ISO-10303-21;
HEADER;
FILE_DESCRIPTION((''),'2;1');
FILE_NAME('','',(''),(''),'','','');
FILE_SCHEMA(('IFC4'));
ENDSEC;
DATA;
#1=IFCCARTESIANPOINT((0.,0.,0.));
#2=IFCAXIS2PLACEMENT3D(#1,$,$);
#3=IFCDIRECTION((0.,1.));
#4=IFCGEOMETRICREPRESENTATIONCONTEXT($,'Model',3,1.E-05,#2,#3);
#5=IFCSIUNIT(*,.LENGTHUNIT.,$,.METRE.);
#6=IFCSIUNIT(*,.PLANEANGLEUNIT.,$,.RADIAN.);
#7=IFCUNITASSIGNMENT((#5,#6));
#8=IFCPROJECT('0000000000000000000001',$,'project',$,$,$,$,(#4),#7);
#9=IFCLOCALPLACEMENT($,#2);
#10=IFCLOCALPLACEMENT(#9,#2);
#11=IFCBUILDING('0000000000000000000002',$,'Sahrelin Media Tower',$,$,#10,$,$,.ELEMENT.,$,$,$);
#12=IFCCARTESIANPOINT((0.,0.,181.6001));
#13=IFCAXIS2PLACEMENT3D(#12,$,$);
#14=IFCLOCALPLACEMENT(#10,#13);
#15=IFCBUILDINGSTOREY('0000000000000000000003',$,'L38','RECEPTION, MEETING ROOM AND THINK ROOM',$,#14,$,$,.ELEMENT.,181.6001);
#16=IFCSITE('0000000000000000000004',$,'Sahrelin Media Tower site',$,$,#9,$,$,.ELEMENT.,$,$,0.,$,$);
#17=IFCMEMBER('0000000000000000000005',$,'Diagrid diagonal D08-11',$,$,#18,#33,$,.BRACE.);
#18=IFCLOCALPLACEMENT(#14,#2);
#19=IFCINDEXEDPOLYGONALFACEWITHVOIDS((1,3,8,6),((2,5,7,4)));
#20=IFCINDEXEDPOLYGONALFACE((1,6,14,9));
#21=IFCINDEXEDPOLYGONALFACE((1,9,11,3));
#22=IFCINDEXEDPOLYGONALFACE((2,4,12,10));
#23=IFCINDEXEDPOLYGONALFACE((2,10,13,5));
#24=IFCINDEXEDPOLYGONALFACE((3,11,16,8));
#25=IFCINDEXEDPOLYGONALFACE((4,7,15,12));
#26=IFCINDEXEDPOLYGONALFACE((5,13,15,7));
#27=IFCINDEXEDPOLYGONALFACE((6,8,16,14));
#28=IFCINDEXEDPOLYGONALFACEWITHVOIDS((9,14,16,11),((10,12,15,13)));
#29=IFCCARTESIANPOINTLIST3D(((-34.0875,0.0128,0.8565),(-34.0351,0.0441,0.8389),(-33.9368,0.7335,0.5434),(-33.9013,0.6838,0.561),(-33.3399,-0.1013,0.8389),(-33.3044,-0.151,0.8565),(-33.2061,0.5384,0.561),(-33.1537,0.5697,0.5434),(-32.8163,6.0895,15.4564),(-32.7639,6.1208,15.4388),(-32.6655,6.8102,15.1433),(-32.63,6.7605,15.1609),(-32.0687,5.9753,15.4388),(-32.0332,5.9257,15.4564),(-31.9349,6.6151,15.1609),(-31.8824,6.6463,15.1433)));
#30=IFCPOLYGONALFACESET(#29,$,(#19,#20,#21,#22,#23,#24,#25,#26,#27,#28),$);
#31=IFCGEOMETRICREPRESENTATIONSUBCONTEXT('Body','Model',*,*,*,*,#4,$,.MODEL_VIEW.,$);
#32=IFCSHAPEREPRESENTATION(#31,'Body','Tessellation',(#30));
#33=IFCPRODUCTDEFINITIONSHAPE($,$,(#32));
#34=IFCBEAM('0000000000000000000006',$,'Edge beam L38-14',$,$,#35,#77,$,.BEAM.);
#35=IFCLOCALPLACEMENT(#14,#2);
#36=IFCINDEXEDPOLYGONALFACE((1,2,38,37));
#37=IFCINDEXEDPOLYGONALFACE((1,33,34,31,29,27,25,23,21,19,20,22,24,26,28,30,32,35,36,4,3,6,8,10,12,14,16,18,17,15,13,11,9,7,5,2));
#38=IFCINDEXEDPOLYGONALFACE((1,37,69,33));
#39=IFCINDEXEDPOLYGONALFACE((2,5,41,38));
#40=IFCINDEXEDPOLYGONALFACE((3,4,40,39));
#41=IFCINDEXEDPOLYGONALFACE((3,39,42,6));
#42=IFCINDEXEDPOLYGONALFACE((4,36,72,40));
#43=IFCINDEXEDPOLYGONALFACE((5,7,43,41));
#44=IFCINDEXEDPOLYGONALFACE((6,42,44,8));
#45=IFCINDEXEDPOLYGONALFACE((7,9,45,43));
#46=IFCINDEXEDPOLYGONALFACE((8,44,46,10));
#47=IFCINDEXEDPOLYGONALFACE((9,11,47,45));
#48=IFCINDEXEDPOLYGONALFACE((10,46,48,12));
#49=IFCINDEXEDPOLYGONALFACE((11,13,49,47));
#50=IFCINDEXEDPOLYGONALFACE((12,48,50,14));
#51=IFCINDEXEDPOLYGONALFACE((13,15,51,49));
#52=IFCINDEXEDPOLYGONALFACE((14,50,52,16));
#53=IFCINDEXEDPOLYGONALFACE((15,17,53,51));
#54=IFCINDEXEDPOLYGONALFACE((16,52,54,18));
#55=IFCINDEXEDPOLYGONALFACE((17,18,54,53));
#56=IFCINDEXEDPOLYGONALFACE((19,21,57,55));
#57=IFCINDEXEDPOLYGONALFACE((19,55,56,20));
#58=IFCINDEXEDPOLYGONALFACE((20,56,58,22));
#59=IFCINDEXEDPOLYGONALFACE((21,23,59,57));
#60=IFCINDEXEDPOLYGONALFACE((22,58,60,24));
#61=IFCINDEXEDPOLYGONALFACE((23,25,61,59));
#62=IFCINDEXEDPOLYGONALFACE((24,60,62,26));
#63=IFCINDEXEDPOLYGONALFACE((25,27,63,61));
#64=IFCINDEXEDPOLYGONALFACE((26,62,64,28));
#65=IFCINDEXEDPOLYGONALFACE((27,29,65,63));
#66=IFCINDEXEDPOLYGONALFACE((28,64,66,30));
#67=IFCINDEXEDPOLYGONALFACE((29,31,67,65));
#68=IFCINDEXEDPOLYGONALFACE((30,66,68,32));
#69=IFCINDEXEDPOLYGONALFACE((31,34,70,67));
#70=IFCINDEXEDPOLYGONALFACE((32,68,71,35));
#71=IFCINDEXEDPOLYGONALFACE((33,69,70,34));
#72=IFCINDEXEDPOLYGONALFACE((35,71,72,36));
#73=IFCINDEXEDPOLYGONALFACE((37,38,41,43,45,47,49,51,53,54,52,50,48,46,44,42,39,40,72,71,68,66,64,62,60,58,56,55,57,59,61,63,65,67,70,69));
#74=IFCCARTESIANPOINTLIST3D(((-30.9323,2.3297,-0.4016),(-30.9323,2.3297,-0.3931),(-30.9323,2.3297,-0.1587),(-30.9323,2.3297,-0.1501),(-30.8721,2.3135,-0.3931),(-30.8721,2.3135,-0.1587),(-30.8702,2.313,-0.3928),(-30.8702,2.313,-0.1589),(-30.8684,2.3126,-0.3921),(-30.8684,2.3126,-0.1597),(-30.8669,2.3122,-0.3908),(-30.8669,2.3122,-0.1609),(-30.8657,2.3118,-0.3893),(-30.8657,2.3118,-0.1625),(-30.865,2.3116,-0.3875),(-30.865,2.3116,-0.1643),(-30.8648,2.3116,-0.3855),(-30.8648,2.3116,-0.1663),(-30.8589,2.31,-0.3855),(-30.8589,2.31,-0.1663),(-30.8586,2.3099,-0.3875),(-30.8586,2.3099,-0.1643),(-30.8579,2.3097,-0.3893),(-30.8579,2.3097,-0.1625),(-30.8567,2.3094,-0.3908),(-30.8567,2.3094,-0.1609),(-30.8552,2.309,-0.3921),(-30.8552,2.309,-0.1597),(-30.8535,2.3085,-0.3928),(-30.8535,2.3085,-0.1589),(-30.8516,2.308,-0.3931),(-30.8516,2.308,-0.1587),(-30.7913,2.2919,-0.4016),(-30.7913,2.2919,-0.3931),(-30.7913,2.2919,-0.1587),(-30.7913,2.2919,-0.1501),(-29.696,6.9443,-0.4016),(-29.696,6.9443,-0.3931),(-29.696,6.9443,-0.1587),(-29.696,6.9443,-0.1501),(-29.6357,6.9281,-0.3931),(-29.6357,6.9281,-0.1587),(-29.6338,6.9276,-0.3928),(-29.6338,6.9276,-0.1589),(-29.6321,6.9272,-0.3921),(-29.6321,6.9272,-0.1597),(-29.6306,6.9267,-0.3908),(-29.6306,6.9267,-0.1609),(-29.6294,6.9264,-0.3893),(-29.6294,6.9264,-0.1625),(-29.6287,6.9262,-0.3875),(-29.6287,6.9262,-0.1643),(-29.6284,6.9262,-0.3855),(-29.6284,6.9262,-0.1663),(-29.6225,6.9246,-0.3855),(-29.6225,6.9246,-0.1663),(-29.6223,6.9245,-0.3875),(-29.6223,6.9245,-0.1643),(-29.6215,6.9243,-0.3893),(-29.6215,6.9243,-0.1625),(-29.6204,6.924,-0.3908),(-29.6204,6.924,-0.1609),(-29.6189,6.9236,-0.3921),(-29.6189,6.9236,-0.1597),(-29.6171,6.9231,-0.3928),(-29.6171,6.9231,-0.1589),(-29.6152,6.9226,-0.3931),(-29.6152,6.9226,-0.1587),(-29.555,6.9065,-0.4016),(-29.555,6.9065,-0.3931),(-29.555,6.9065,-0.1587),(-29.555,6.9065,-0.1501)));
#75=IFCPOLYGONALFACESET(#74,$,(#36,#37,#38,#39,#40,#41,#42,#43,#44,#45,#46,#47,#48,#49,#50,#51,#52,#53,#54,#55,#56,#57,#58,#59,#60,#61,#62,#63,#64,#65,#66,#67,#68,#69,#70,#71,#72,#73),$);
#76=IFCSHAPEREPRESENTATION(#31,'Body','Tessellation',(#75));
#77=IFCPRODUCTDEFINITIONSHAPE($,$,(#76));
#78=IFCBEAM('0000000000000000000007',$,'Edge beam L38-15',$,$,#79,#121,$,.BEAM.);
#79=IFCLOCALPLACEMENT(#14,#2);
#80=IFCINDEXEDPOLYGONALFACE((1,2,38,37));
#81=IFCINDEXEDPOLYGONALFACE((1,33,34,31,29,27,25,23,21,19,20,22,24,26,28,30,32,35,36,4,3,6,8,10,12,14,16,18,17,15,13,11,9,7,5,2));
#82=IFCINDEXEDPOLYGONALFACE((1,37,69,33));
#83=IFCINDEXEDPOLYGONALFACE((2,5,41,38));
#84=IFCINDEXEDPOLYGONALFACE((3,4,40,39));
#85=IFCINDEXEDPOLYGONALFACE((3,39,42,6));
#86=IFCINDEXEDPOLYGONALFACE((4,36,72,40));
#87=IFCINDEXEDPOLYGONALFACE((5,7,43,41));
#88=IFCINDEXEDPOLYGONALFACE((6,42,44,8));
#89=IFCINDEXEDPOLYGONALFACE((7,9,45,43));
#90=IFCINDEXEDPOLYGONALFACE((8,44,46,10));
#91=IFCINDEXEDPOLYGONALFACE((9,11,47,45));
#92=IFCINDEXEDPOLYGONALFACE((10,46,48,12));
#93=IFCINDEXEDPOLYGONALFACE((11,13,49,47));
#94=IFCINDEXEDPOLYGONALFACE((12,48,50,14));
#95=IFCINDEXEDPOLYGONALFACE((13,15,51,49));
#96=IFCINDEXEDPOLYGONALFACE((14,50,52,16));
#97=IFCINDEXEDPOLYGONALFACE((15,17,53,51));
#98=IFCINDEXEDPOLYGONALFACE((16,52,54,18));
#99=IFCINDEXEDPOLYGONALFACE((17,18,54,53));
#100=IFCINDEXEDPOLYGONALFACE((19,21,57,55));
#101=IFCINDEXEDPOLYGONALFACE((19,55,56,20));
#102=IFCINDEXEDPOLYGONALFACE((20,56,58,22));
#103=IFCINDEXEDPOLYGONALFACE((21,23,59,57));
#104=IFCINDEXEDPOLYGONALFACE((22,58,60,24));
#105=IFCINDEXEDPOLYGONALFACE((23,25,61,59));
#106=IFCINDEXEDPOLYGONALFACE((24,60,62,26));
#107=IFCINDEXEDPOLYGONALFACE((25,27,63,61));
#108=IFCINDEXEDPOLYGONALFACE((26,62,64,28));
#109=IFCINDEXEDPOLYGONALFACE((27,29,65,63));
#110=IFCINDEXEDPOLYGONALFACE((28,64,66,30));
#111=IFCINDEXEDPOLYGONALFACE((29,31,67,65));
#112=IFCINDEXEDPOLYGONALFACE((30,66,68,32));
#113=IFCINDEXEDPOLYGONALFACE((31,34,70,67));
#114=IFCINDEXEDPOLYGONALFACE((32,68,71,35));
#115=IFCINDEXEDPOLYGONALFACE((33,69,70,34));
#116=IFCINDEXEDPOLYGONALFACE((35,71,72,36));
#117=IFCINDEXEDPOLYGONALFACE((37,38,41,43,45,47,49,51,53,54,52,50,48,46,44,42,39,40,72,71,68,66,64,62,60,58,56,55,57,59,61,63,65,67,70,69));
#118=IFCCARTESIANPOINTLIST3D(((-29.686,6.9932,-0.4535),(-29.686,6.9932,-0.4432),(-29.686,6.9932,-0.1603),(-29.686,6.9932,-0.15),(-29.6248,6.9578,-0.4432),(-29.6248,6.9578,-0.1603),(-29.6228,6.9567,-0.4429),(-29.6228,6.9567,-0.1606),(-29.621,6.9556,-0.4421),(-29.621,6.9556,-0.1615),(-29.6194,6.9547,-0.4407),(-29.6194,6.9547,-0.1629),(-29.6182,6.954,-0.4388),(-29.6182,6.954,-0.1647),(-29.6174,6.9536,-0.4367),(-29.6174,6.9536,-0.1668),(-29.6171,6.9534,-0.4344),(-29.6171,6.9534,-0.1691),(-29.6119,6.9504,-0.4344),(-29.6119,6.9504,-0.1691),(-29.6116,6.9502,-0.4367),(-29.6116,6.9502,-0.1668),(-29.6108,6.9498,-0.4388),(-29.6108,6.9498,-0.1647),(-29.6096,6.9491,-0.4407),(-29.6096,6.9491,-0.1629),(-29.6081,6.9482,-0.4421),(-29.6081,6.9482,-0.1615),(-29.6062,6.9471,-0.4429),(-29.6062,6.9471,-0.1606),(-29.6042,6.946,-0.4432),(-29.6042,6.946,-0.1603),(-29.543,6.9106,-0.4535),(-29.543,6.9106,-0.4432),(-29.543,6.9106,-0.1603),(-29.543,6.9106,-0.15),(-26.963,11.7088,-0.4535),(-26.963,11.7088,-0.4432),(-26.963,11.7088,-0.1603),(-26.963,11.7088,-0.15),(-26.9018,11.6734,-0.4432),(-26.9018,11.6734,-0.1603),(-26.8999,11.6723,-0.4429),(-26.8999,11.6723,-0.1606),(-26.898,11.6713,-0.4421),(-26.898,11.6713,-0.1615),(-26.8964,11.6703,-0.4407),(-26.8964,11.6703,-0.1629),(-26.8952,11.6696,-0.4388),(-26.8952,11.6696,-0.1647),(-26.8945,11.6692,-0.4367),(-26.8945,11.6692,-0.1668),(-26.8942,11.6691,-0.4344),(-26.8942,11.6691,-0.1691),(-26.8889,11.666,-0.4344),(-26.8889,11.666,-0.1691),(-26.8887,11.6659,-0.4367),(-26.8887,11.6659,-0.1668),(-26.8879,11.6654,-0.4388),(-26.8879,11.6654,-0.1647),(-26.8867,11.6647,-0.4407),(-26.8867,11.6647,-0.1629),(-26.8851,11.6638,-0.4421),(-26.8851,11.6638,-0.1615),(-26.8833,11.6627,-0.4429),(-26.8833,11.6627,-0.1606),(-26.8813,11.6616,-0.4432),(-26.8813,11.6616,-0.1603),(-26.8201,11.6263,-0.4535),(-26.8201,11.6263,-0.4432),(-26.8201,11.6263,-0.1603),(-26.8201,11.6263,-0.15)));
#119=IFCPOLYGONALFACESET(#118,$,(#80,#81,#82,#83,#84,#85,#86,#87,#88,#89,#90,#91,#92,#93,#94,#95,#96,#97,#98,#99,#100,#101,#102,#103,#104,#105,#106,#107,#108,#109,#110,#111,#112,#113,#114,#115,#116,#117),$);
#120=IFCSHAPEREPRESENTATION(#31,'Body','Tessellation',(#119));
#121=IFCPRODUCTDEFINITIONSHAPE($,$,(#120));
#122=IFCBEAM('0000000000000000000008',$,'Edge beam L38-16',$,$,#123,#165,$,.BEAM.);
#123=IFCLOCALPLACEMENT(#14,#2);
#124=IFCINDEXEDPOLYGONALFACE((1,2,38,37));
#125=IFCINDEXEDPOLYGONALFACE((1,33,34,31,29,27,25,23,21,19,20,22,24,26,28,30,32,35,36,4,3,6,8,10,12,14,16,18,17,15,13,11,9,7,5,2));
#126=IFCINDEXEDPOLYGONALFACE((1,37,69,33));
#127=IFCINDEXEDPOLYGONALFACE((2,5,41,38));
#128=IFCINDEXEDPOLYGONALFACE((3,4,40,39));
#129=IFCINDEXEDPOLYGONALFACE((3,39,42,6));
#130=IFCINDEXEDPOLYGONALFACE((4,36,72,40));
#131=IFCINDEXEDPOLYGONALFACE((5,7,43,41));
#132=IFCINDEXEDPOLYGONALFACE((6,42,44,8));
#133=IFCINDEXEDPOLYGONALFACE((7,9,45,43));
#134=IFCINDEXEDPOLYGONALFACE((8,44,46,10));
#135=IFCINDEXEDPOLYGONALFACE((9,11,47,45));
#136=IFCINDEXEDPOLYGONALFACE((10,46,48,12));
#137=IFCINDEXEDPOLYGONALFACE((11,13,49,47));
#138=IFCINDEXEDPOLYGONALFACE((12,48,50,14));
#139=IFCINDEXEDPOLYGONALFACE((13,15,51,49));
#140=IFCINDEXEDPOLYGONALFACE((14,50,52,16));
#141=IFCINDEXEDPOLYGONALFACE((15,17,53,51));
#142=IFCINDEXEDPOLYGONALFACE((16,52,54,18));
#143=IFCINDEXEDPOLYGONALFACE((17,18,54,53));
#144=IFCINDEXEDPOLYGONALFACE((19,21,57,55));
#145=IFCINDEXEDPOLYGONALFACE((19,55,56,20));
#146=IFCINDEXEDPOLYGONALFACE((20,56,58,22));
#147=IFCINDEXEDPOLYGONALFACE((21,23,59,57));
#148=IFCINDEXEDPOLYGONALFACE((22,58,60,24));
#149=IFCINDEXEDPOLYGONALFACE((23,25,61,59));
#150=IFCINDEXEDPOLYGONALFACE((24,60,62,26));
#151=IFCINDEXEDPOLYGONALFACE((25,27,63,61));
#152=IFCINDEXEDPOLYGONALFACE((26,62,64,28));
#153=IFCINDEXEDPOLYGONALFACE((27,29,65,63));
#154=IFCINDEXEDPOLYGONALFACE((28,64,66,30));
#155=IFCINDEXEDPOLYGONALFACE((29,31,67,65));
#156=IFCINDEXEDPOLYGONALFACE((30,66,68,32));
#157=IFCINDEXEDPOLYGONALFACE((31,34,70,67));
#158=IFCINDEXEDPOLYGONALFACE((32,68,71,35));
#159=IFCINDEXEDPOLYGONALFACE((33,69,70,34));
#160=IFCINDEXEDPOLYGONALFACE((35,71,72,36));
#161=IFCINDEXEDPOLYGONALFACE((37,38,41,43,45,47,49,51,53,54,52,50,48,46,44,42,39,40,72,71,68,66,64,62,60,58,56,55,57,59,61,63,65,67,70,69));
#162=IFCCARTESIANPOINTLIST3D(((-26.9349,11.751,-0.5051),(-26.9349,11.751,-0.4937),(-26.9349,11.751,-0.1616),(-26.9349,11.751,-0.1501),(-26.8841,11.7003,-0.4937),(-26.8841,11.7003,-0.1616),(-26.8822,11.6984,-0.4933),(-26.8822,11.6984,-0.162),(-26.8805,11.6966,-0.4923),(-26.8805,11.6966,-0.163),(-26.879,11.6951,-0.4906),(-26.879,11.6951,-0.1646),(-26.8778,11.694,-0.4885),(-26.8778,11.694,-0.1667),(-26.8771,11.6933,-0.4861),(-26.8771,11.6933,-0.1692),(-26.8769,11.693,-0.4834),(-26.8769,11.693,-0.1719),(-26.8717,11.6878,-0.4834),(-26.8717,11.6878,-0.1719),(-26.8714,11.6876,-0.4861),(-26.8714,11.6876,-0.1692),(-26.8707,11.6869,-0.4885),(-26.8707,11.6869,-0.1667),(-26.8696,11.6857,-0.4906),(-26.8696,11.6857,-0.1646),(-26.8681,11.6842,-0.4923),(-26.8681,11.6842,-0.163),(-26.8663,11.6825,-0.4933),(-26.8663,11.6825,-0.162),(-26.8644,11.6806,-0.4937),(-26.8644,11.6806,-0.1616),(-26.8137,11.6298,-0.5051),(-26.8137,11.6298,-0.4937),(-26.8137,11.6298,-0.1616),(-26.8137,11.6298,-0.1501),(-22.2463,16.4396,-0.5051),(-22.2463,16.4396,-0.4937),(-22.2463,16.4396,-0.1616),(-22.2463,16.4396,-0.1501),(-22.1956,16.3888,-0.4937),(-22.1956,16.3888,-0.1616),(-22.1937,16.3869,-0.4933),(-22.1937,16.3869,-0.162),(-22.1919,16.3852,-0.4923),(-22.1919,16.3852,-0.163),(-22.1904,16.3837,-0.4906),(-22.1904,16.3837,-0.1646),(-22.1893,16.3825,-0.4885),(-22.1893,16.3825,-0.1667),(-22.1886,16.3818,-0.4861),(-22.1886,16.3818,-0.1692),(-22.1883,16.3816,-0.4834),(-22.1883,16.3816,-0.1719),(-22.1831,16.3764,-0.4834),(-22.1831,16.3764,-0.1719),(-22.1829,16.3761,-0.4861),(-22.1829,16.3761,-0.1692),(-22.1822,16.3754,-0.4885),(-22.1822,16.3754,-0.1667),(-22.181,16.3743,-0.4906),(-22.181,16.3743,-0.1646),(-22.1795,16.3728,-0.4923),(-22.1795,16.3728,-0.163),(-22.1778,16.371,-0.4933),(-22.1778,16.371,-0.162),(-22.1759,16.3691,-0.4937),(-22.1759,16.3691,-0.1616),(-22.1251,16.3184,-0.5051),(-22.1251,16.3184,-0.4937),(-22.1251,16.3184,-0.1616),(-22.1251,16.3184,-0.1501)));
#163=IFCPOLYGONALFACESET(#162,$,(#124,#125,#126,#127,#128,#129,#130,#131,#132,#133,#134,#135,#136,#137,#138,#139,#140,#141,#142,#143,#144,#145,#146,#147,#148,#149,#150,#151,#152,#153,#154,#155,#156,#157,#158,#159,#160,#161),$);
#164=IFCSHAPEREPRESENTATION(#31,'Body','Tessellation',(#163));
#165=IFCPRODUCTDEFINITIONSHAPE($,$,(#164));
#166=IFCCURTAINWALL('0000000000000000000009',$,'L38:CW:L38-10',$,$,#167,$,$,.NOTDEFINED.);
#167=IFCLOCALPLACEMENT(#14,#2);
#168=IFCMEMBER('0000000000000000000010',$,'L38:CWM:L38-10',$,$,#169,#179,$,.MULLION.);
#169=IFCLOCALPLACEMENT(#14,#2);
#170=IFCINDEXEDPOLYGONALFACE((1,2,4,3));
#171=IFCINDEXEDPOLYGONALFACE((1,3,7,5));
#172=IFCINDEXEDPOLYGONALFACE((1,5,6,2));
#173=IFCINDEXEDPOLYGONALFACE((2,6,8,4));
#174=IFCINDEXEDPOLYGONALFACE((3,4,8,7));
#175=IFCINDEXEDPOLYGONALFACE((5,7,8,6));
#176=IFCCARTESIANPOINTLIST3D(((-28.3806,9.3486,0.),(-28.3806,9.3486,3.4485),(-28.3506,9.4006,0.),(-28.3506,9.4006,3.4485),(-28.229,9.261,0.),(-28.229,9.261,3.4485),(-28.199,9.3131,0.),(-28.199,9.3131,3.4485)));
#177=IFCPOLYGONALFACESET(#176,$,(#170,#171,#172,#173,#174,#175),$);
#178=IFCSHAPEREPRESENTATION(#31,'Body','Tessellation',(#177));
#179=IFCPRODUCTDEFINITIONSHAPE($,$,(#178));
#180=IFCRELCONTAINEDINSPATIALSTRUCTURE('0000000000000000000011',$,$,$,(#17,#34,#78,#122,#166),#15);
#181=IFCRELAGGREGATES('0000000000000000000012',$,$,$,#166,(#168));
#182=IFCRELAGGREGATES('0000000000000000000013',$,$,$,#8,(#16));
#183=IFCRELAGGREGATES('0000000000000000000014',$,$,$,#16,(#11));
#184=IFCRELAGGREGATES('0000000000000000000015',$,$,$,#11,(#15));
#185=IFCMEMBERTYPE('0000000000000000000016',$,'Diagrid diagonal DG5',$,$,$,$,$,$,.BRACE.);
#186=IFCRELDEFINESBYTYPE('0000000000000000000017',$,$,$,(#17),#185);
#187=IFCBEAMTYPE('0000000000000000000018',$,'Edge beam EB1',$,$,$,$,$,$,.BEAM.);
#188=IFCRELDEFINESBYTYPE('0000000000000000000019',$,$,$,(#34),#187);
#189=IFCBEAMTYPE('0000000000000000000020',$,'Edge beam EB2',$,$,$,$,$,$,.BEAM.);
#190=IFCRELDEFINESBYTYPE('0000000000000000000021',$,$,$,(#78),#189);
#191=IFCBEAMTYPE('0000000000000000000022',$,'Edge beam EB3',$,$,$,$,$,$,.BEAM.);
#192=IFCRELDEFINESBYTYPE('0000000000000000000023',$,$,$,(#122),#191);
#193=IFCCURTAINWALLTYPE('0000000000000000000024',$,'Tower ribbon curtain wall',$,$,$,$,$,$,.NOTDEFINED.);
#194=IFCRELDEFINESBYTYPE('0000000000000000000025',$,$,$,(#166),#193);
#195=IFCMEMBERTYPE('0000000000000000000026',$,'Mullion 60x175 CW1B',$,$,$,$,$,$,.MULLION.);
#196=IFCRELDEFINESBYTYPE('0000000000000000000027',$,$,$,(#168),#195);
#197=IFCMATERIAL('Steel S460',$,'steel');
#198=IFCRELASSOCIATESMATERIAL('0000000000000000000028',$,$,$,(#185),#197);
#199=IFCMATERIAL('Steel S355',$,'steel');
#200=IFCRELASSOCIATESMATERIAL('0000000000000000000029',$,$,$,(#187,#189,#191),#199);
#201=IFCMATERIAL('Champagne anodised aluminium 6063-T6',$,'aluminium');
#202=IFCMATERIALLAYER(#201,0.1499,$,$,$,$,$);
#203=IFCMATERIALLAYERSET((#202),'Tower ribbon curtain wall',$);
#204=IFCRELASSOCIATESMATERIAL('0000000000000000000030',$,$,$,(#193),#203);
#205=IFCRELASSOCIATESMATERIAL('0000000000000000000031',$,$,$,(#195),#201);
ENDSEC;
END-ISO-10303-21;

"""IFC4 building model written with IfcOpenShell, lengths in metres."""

from ifc_helpers import new_model, si_unit, direction, frame, origin, origin_2d, place, context, subcontext, project, spatial, rectangle, hollow_rectangle, i_section, extrude, material, layer, layer_set, material_profile, profile_set, type_object, element, aggregate, save


model = new_model("IFC4")

# Units and contexts
model_context = context("Model", 3, precision=1e-05, world=origin(), true_north=direction((0.0, 1.0)))
body_context = subcontext(model_context, "Body", "Model", "MODEL_VIEW")
ifc_project = project(units=[si_unit("LENGTHUNIT", "METRE"), si_unit("PLANEANGLEUNIT", "RADIAN")], contexts=[model_context])

# Site, building, storey
site_placement = place(None, origin())
site = spatial("IfcSite", under=ifc_project, at=site_placement, Name="Sahrelin Media Tower site", CompositionType="ELEMENT", RefElevation=0.0)
building_placement = place(site_placement, origin())
building = spatial("IfcBuilding", under=site, at=building_placement, Name="Sahrelin Media Tower", CompositionType="ELEMENT")
storey_placement = place(building_placement, frame((0.0, 0.0, 181.6001)))
storey = spatial("IfcBuildingStorey", under=building, at=storey_placement, Name="L38", Description="RECEPTION, MEETING ROOM AND THINK ROOM", CompositionType="ELEMENT", Elevation=181.6001)

# Member
ifc_material_1 = material(Name="Steel S460", Category="steel")
ifc_material_profile_1 = material_profile(ifc_material_1, hollow_rectangle(XDim=0.8, YDim=0.8, WallThickness=0.0449, at=origin_2d()), Name="Diagrid diagonal DG5")
ifc_profile_set_1 = profile_set([ifc_material_profile_1], Name="Steel S460")
member_type_1 = type_object("IfcMemberType", Name="Diagrid diagonal DG5", PredefinedType="BRACE", material=ifc_profile_set_1)
member_1_placement = place(storey_placement, frame((-33.6206, 0.2913, 0.7), z_axis=(0.080129, 0.383024, 0.920257), x_axis=(-0.978811, 0.204768, 0.0)))
element("IfcMember", 1, at=member_1_placement, inside=storey, type_object=member_type_1, Name="Diagrid diagonal D08-11", PredefinedType="BRACE", context=body_context, shape_type="SweptSolid", body=[
    extrude(hollow_rectangle(XDim=0.8, YDim=0.8, WallThickness=0.0449, at=origin_2d()), origin(), (0.0, 0.0, 1.0), 15.865),
])

# Beams
ifc_material_2 = material(Name="Steel S355", Category="steel")
ifc_material_profile_2 = material_profile(ifc_material_2, i_section(OverallWidth=0.146, OverallDepth=0.2515, WebThickness=0.0061, FlangeThickness=0.0085, FilletRadius=0.0076, at=origin_2d()), Name="UB 254x146x31")
ifc_profile_set_2 = profile_set([ifc_material_profile_2], Name="Steel S355")
beam_type_1 = type_object("IfcBeamType", Name="Edge beam EB1", PredefinedType="BEAM", material=ifc_profile_set_2)
beam_1_placement = place(storey_placement, frame((-30.8618, 2.3108, -0.2759), z_axis=(0.258795, 0.965932, 0.0), x_axis=(-0.965932, 0.258795, 0.0)))
element("IfcBeam", 2, at=beam_1_placement, inside=storey, type_object=beam_type_1, Name="Edge beam L38-14", PredefinedType="BEAM", context=body_context, shape_type="SweptSolid", body=[
    extrude(i_section(OverallWidth=0.146, OverallDepth=0.2515, WebThickness=0.0061, FlangeThickness=0.0085, FilletRadius=0.0076, at=origin_2d()), origin(), (0.0, 0.0, 1.0), 4.7773),
])
ifc_material_profile_3 = material_profile(ifc_material_2, i_section(OverallWidth=0.165, OverallDepth=0.3035, WebThickness=0.0061, FlangeThickness=0.0103, FilletRadius=0.0088, at=origin_2d()), Name="UB 305x165x40")
ifc_profile_set_3 = profile_set([ifc_material_profile_3], Name="Steel S355")
beam_type_2 = type_object("IfcBeamType", Name="Edge beam EB2", PredefinedType="BEAM", material=ifc_profile_set_3)
beam_2_placement = place(storey_placement, frame((-29.6145, 6.9519, -0.3018), z_axis=(0.50005, 0.865997, 0.0), x_axis=(-0.865997, 0.50005, 0.0)))
element("IfcBeam", 3, at=beam_2_placement, inside=storey, type_object=beam_type_2, Name="Edge beam L38-15", PredefinedType="BEAM", context=body_context, shape_type="SweptSolid", body=[
    extrude(i_section(OverallWidth=0.165, OverallDepth=0.3035, WebThickness=0.0061, FlangeThickness=0.0103, FilletRadius=0.0088, at=origin_2d()), origin(), (0.0, 0.0, 1.0), 5.4453),
])
ifc_material_profile_4 = material_profile(ifc_material_2, i_section(OverallWidth=0.1714, OverallDepth=0.355, WebThickness=0.0073, FlangeThickness=0.0115, FilletRadius=0.0103, at=origin_2d()), Name="UB 356x171x51")
ifc_profile_set_4 = profile_set([ifc_material_profile_4], Name="Steel S355")
beam_type_3 = type_object("IfcBeamType", Name="Edge beam EB3", PredefinedType="BEAM", material=ifc_profile_set_4)
beam_3_placement = place(storey_placement, frame((-26.8743, 11.6904, -0.3276), z_axis=(0.707107, 0.707107, 0.0), x_axis=(-0.707107, 0.707107, 0.0)))
element("IfcBeam", 4, at=beam_3_placement, inside=storey, type_object=beam_type_3, Name="Edge beam L38-16", PredefinedType="BEAM", context=body_context, shape_type="SweptSolid", body=[
    extrude(i_section(OverallWidth=0.1714, OverallDepth=0.355, WebThickness=0.0073, FlangeThickness=0.0115, FilletRadius=0.0103, at=origin_2d()), origin(), (0.0, 0.0, 1.0), 6.6306),
])

# Curtain wall, member
ifc_material_3 = material(Name="Champagne anodised aluminium 6063-T6", Category="aluminium")
ifc_layer_1 = layer(ifc_material_3, 0.1499)
ifc_layer_set_1 = layer_set([ifc_layer_1], Name="Tower ribbon curtain wall")
curtain_wall_type = type_object("IfcCurtainWallType", Name="Tower ribbon curtain wall", PredefinedType="NOTDEFINED", material=ifc_layer_set_1)
curtain_wall_1_placement = place(storey_placement, frame((-28.3828, 9.3845, 0.0), z_axis=(0.0, 0.0, 1.0), x_axis=(1.0, 0.0, 0.0)))
curtain_wall_1 = element("IfcCurtainWall", 5, at=curtain_wall_1_placement, inside=storey, type_object=curtain_wall_type, Name="L38:CW:L38-10", PredefinedType="NOTDEFINED")
ifc_material_profile_5 = material_profile(ifc_material_3, rectangle(XDim=0.0601, YDim=0.175, at=origin_2d()), Name="Mullion 60x175")
ifc_profile_set_5 = profile_set([ifc_material_profile_5], Name="Champagne anodised aluminium 6063-T6")
member_type_2 = type_object("IfcMemberType", Name="Mullion 60x175 CW1B", PredefinedType="MULLION", material=ifc_profile_set_5)
member_2_placement = place(storey_placement, frame((-28.2898, 9.3308, 0.0), z_axis=(0.0, 0.0, 1.0), x_axis=(-0.5, -0.866025, 0.0)))
member_2 = element("IfcMember", 6, at=member_2_placement, type_object=member_type_2, Name="L38:CWM:L38-10", PredefinedType="MULLION", context=body_context, shape_type="SweptSolid", body=[
    extrude(rectangle(XDim=0.0601, YDim=0.175, at=origin_2d()), origin(), (0.0, 0.0, 1.0), 3.4485),
])

aggregate(curtain_wall_1, [member_2])

save(model, "model.ifc")
